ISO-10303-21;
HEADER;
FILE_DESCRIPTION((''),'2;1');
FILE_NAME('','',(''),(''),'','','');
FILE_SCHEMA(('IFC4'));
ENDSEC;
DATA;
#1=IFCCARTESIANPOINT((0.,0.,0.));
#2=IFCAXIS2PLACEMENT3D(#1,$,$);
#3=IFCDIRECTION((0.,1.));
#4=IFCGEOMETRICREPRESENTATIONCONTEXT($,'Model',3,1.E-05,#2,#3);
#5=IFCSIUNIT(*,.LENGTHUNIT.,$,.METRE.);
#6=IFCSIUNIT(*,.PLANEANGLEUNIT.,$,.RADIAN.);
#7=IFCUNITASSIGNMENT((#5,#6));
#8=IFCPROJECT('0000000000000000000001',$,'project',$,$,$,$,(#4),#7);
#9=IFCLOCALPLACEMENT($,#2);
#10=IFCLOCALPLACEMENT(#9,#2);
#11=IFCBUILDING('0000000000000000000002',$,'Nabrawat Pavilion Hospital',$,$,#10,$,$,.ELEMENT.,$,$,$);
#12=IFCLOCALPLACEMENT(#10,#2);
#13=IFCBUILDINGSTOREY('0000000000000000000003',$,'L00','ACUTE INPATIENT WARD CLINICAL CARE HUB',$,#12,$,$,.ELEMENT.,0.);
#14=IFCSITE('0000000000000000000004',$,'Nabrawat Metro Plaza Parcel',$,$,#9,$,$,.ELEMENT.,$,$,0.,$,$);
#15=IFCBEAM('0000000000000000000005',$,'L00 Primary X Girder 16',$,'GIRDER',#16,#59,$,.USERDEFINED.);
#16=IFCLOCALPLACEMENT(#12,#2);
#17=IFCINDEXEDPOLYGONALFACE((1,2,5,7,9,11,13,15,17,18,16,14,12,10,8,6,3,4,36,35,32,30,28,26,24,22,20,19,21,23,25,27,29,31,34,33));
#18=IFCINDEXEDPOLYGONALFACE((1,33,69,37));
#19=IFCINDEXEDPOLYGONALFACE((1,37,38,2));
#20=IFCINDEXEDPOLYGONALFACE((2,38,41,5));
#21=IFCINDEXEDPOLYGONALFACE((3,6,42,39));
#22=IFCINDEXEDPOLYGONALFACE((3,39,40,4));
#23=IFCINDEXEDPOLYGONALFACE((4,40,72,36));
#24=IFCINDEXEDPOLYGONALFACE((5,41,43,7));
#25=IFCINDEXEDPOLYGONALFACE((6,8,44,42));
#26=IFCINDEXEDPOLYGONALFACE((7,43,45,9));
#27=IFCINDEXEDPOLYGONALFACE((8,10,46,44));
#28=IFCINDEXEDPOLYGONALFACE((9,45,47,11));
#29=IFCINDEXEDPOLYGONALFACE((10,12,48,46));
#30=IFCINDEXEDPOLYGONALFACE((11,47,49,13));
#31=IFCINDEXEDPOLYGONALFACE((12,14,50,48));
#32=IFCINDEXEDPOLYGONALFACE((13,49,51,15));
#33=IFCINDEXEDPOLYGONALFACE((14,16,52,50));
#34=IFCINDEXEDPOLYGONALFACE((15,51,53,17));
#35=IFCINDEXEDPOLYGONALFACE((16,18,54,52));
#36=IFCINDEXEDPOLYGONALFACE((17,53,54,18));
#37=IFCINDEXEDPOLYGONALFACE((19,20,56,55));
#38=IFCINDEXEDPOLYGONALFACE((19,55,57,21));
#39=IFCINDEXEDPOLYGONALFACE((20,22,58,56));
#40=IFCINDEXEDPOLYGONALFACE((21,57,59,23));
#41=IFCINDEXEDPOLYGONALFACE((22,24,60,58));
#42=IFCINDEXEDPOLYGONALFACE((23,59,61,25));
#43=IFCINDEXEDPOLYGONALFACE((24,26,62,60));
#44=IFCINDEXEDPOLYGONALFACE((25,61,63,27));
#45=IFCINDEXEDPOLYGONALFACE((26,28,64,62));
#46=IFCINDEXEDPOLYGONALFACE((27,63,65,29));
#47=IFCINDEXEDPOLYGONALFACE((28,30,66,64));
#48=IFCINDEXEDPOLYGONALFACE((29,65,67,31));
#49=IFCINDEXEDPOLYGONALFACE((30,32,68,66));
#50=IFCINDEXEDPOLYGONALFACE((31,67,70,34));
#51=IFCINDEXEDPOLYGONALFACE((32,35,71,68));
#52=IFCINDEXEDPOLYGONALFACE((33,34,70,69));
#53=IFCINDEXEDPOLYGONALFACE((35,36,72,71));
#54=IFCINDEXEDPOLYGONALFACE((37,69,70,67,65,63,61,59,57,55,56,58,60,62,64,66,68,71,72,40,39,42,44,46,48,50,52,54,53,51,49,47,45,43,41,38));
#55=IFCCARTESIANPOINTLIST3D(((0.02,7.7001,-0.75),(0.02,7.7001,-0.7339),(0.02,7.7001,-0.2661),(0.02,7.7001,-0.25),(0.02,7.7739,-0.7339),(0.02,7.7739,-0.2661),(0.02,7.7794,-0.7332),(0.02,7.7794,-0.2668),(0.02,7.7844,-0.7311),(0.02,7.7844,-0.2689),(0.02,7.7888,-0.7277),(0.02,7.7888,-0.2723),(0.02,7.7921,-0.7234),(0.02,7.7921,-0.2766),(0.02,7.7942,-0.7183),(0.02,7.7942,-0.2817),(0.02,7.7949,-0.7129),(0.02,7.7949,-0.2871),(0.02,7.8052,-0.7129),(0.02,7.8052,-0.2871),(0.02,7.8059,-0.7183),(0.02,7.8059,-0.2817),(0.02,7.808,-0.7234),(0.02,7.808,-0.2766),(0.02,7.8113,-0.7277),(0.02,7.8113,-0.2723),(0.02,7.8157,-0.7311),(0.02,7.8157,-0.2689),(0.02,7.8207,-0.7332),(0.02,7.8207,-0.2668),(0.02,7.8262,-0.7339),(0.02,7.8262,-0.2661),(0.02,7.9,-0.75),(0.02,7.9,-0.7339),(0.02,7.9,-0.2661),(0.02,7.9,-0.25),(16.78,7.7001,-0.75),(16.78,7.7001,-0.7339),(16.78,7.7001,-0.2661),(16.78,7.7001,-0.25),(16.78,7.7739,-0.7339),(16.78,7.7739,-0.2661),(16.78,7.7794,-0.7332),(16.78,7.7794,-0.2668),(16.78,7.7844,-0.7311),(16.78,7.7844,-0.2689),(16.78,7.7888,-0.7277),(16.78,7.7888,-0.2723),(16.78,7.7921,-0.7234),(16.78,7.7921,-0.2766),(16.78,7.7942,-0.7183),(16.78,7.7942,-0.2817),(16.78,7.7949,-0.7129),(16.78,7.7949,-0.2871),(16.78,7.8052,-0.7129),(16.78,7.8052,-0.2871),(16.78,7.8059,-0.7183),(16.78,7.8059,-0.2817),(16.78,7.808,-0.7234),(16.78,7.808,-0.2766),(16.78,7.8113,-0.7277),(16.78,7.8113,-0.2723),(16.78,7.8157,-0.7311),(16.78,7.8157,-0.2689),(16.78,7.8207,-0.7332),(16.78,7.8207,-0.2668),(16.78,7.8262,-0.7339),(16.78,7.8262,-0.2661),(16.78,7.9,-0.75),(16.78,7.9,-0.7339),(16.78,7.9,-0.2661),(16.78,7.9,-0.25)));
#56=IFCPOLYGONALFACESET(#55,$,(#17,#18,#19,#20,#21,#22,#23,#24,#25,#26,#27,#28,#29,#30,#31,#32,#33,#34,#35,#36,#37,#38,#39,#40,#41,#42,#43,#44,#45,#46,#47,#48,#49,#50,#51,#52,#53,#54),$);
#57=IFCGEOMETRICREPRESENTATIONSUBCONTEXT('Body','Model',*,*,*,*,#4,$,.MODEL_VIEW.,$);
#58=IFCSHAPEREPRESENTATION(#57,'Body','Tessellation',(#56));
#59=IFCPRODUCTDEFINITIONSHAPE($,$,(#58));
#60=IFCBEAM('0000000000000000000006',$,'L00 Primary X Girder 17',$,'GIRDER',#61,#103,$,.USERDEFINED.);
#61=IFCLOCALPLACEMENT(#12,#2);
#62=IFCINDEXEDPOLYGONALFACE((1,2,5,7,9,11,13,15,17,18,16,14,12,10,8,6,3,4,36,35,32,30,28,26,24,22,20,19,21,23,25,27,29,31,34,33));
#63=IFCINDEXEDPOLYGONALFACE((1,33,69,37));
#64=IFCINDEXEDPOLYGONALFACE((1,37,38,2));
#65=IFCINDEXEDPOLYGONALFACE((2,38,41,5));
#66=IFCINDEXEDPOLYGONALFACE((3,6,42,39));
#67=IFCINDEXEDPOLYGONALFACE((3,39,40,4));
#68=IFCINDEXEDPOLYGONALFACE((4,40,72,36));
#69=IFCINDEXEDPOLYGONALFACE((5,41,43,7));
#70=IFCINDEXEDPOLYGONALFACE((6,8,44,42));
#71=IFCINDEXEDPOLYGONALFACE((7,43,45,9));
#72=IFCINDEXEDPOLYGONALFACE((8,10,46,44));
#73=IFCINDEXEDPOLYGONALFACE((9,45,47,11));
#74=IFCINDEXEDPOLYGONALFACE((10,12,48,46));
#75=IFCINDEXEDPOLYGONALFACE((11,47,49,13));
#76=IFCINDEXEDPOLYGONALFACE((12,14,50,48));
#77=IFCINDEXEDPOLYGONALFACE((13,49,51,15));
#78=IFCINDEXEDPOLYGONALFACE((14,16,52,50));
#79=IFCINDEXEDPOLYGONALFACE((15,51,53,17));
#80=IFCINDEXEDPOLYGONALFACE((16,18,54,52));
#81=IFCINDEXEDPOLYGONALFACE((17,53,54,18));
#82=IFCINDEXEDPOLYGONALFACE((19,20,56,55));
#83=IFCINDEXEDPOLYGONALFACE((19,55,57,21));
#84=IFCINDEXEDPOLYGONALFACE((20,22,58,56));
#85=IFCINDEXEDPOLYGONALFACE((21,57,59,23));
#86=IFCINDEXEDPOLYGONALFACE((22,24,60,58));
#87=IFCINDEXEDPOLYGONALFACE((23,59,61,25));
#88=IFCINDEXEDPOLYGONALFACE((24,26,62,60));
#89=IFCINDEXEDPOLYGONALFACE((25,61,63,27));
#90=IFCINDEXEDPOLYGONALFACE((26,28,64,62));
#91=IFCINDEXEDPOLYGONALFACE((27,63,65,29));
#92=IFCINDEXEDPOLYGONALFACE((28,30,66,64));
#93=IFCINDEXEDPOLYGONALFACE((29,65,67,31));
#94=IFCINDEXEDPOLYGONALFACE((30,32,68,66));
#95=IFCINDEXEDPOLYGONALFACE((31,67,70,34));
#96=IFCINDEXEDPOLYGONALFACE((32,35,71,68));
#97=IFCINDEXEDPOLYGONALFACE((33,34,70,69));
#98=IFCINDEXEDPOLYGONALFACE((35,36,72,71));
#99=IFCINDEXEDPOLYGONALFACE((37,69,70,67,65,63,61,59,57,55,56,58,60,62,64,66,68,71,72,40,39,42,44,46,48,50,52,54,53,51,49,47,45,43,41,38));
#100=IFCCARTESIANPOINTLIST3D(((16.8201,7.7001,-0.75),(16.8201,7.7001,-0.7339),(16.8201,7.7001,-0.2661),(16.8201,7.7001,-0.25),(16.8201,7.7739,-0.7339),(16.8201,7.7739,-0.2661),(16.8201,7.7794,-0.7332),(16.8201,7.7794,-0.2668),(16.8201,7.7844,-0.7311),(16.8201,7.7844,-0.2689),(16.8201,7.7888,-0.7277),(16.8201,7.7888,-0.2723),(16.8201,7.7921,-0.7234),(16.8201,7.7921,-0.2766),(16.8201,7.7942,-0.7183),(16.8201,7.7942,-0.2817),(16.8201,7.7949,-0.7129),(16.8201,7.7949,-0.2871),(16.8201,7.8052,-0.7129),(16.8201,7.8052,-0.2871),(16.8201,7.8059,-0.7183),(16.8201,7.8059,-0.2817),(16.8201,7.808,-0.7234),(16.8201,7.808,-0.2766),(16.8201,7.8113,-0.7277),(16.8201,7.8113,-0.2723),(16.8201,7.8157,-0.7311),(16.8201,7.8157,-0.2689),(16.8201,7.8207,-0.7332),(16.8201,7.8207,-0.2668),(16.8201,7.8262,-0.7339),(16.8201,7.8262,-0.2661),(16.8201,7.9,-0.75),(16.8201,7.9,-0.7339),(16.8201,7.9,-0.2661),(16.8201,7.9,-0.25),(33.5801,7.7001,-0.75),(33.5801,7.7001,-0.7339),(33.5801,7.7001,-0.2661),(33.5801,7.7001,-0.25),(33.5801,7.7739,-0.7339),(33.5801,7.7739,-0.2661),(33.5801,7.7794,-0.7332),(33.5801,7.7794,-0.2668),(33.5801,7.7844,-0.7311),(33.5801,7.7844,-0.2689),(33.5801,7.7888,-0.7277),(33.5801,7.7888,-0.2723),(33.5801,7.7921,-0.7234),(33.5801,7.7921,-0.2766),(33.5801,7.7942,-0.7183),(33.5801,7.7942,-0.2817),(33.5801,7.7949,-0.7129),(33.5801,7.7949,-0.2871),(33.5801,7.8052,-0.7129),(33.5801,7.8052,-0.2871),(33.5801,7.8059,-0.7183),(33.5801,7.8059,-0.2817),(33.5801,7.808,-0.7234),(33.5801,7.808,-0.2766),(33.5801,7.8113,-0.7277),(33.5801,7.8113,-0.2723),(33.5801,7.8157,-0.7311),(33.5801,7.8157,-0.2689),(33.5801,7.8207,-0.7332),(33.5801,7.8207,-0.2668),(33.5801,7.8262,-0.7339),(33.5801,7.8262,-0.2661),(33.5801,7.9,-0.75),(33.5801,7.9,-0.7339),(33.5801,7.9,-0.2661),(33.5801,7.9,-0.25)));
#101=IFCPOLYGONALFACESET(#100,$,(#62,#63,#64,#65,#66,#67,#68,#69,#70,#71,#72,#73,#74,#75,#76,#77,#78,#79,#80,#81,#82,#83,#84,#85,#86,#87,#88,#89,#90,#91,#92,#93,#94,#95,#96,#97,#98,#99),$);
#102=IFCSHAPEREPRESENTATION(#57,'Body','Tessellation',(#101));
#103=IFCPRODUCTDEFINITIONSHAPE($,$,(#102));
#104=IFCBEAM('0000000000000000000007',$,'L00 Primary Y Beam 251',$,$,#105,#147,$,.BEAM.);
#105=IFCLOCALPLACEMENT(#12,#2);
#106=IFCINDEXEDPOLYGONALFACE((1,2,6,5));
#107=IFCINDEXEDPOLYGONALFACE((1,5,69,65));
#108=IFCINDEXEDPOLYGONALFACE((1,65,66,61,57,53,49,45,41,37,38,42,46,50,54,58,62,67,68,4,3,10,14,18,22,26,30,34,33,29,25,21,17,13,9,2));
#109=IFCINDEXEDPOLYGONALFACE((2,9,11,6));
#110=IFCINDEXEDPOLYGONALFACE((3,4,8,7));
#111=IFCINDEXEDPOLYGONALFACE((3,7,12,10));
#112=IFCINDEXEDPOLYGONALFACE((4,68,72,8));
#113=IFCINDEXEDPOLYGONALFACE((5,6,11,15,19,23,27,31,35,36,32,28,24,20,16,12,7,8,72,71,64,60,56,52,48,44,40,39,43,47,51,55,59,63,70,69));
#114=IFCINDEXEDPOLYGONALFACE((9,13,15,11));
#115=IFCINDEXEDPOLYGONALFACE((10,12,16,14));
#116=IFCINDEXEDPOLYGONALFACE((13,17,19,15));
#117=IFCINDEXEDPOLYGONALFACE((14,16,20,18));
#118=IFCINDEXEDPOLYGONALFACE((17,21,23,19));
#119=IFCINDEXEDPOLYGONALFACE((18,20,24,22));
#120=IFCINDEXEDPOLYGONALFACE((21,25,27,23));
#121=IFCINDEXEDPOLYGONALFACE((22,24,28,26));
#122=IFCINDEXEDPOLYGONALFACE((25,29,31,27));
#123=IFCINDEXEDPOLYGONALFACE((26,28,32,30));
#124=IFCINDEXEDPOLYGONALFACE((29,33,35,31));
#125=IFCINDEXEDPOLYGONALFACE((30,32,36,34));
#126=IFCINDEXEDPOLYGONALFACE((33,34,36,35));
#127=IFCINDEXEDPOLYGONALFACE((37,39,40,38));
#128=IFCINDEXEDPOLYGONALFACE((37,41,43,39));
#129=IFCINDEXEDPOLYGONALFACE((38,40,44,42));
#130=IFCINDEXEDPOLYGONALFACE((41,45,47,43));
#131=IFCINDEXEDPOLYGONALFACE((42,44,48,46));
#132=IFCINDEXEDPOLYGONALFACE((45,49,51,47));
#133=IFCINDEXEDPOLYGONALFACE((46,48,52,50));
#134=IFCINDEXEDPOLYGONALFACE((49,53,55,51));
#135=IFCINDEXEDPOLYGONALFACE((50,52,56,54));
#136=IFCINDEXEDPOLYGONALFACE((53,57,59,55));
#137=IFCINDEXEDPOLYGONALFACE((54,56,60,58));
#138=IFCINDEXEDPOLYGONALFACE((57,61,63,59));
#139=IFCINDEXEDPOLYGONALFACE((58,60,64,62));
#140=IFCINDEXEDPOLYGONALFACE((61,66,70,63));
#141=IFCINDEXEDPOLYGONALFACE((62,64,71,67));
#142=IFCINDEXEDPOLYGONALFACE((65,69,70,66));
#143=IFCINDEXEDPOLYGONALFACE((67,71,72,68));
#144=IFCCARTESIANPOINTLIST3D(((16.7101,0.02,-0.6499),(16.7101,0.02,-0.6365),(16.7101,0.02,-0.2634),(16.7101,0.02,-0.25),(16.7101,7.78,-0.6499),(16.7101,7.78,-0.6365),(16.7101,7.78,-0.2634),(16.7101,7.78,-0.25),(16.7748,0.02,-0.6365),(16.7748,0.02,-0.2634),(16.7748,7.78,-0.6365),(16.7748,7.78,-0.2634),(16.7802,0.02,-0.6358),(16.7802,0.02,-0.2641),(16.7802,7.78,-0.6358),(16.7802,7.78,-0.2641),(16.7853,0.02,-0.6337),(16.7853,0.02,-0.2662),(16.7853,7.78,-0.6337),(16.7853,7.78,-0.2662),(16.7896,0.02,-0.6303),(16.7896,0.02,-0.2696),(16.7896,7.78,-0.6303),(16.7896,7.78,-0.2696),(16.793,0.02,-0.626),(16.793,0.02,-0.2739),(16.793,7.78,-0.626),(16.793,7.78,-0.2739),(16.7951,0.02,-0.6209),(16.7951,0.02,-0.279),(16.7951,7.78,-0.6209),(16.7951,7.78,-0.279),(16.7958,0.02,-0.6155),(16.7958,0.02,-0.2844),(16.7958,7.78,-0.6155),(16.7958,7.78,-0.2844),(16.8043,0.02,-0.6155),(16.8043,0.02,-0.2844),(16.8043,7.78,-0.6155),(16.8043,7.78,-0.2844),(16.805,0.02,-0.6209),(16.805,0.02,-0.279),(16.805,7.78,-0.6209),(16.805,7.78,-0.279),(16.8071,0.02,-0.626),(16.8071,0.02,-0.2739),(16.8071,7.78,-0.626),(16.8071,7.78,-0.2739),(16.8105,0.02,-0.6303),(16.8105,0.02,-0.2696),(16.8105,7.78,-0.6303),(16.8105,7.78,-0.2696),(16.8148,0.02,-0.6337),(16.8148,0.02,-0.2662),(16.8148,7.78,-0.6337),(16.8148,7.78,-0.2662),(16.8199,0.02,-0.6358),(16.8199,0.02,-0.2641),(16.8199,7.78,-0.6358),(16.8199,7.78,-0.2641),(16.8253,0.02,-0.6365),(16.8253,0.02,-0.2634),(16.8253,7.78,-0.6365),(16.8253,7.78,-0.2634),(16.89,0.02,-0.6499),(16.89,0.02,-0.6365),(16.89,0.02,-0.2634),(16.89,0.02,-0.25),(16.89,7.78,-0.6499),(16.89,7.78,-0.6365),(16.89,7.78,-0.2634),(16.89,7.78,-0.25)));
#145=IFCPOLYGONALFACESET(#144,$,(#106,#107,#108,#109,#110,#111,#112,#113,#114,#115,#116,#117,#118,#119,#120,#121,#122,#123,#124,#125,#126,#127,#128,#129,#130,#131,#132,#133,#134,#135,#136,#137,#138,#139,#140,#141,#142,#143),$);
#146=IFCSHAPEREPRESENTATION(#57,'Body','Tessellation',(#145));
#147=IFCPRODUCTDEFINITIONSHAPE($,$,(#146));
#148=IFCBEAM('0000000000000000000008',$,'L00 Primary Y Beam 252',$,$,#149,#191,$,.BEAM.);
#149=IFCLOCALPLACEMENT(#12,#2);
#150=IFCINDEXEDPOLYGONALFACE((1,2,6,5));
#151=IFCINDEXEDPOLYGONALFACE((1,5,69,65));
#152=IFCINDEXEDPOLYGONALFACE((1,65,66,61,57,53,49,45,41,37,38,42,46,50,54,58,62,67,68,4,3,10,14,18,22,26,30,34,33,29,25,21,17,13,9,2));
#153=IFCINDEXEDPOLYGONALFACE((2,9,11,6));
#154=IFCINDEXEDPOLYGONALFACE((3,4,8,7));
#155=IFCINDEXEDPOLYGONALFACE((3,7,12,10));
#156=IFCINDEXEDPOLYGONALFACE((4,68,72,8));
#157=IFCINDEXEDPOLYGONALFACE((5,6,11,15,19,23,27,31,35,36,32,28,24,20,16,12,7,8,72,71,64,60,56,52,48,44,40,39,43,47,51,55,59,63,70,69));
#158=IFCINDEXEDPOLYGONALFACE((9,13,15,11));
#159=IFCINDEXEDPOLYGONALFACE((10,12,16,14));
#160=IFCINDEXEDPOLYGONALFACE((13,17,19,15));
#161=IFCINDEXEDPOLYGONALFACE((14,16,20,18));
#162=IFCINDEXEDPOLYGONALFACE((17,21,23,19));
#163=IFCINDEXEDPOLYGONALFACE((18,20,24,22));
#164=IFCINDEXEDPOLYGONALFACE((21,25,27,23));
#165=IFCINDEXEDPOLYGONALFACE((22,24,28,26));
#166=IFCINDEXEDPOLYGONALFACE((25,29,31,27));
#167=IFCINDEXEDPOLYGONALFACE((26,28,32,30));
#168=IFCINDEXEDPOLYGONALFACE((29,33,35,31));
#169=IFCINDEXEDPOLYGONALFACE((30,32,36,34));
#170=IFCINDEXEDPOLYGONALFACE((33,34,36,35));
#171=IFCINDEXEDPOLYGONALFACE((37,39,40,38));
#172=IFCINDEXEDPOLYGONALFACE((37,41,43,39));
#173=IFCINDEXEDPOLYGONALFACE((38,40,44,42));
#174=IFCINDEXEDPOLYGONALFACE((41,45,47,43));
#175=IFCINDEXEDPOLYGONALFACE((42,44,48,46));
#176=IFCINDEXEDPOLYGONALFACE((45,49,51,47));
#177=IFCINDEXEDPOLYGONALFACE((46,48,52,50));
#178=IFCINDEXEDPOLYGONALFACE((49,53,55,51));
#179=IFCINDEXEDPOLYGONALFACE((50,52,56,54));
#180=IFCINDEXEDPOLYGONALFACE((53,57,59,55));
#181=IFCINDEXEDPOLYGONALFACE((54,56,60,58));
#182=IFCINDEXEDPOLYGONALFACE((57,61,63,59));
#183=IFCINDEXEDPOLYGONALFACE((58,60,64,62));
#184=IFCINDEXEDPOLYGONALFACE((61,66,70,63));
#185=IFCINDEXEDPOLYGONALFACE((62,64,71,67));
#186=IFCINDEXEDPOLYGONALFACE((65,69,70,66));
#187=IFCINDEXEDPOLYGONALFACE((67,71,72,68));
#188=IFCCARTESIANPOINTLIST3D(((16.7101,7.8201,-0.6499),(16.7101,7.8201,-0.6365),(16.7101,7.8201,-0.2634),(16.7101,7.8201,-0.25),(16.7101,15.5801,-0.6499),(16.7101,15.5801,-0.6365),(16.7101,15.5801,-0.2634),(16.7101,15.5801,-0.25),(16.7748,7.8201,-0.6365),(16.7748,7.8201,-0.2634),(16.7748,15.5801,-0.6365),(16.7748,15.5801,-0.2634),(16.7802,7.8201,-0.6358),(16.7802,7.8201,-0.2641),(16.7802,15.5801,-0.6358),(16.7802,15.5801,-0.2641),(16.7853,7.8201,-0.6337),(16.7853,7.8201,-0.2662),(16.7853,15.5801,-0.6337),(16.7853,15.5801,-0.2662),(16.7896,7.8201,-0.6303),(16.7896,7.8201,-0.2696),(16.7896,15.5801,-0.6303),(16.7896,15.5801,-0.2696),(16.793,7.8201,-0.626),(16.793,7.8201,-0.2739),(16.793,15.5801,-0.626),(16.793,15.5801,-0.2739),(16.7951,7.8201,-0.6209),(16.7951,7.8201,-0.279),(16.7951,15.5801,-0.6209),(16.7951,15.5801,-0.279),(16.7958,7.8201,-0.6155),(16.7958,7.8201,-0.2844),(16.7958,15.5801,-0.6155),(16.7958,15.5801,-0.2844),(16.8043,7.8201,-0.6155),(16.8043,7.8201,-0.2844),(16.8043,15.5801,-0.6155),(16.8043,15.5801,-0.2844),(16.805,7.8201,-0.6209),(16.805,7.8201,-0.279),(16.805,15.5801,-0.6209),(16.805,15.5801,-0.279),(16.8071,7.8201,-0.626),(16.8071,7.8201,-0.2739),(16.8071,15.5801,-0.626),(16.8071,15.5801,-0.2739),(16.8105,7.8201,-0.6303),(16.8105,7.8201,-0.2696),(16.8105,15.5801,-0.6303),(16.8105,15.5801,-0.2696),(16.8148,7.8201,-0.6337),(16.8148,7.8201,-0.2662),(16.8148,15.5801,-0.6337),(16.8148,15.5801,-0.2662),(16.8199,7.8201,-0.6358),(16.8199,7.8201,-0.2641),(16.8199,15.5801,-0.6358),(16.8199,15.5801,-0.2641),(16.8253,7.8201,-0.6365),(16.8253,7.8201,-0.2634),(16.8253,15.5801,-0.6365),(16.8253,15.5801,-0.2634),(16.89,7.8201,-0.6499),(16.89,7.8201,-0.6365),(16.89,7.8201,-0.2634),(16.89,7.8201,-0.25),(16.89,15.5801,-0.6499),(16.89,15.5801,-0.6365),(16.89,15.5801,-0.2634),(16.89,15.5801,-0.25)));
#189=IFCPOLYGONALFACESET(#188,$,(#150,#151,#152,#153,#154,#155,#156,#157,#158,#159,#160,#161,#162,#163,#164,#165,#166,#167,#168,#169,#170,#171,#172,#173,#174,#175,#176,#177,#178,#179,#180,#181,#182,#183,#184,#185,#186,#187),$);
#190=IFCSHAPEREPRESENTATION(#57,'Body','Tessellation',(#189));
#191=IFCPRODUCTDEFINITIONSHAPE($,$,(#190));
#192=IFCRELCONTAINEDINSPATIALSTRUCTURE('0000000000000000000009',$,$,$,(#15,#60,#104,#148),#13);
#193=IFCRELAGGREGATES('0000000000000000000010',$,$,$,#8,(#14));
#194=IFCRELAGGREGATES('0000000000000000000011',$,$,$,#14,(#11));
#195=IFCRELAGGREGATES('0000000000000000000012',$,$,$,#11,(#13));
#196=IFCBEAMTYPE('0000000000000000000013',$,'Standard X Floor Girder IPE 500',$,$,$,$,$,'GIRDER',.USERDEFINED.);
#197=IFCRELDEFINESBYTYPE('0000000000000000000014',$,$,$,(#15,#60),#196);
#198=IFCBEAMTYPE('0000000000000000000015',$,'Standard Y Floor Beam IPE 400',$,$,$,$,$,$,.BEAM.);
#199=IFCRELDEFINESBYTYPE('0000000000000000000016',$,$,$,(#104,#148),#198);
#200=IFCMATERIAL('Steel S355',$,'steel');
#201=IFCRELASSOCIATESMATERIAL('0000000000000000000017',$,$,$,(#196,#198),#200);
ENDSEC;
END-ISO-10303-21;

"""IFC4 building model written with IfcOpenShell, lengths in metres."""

from ifc_helpers import new_model, si_unit, direction, frame, origin, origin_2d, place, context, subcontext, project, spatial, i_section, extrude, material, material_profile, profile_set, type_object, element, save


model = new_model("IFC4")

# Units and contexts
model_context = context("Model", 3, precision=1e-05, world=origin(), true_north=direction((0.0, 1.0)))
body_context = subcontext(model_context, "Body", "Model", "MODEL_VIEW")
ifc_project = project(units=[si_unit("LENGTHUNIT", "METRE"), si_unit("PLANEANGLEUNIT", "RADIAN")], contexts=[model_context])

# Site, building, storey
site_placement = place(None, origin())
site = spatial("IfcSite", under=ifc_project, at=site_placement, Name="Nabrawat Metro Plaza Parcel", CompositionType="ELEMENT", RefElevation=0.0)
building_placement = place(site_placement, origin())
building = spatial("IfcBuilding", under=site, at=building_placement, Name="Nabrawat Pavilion Hospital", CompositionType="ELEMENT")
storey_placement = place(building_placement, origin())
storey = spatial("IfcBuildingStorey", under=building, at=storey_placement, Name="L00", Description="ACUTE INPATIENT WARD CLINICAL CARE HUB", CompositionType="ELEMENT", Elevation=0.0)

# Shared definitions
ifc_material_1 = material(Name="Steel S355", Category="steel")

# Beams
ifc_material_profile_1 = material_profile(ifc_material_1, i_section(OverallWidth=0.2, OverallDepth=0.5, WebThickness=0.0103, FlangeThickness=0.0161, FilletRadius=0.021, at=origin_2d()), Name="IPE 500")
ifc_profile_set_1 = profile_set([ifc_material_profile_1], Name="Steel S355")
beam_type_1 = type_object("IfcBeamType", Name="Standard X Floor Girder IPE 500", ElementType="GIRDER", PredefinedType="USERDEFINED", material=ifc_profile_set_1)
for number, where, z_axis, x_axis, name in (
    (1, (0.02, 7.8, -0.5), (1.0, 0.0, 0.0), (0.0, 1.0, 0.0), "L00 Primary X Girder 16"),
    (2, (16.8201, 7.8, -0.5), (1.0, 0.0, 0.0), (0.0, 1.0, 0.0), "L00 Primary X Girder 17"),
):
    element("IfcBeam", number, at=place(storey_placement, frame(where, z_axis=z_axis, x_axis=x_axis)), inside=storey, type_object=beam_type_1, Name=name, ObjectType="GIRDER", PredefinedType="USERDEFINED", context=body_context, shape_type="SweptSolid", body=[
        extrude(i_section(OverallWidth=0.2, OverallDepth=0.5, WebThickness=0.0103, FlangeThickness=0.0161, FilletRadius=0.021, at=origin_2d()), origin(), (0.0, 0.0, 1.0), 16.76),
    ])
ifc_material_profile_2 = material_profile(ifc_material_1, i_section(OverallWidth=0.1799, OverallDepth=0.3999, WebThickness=0.0085, FlangeThickness=0.0134, FilletRadius=0.021, at=origin_2d()), Name="IPE 400")
ifc_profile_set_2 = profile_set([ifc_material_profile_2], Name="Steel S355")
beam_type_2 = type_object("IfcBeamType", Name="Standard Y Floor Beam IPE 400", PredefinedType="BEAM", material=ifc_profile_set_2)
for number, where, z_axis, x_axis, name in (
    (3, (16.8, 0.02, -0.45), (0.0, 1.0, 0.0), (-1.0, 0.0, 0.0), "L00 Primary Y Beam 251"),
    (4, (16.8, 7.8201, -0.45), (0.0, 1.0, 0.0), (-1.0, 0.0, 0.0), "L00 Primary Y Beam 252"),
):
    element("IfcBeam", number, at=place(storey_placement, frame(where, z_axis=z_axis, x_axis=x_axis)), inside=storey, type_object=beam_type_2, Name=name, PredefinedType="BEAM", context=body_context, shape_type="SweptSolid", body=[
        extrude(i_section(OverallWidth=0.1799, OverallDepth=0.3999, WebThickness=0.0085, FlangeThickness=0.0134, FilletRadius=0.021, at=origin_2d()), origin(), (0.0, 0.0, 1.0), 7.76),
    ])

save(model, "model.ifc")
